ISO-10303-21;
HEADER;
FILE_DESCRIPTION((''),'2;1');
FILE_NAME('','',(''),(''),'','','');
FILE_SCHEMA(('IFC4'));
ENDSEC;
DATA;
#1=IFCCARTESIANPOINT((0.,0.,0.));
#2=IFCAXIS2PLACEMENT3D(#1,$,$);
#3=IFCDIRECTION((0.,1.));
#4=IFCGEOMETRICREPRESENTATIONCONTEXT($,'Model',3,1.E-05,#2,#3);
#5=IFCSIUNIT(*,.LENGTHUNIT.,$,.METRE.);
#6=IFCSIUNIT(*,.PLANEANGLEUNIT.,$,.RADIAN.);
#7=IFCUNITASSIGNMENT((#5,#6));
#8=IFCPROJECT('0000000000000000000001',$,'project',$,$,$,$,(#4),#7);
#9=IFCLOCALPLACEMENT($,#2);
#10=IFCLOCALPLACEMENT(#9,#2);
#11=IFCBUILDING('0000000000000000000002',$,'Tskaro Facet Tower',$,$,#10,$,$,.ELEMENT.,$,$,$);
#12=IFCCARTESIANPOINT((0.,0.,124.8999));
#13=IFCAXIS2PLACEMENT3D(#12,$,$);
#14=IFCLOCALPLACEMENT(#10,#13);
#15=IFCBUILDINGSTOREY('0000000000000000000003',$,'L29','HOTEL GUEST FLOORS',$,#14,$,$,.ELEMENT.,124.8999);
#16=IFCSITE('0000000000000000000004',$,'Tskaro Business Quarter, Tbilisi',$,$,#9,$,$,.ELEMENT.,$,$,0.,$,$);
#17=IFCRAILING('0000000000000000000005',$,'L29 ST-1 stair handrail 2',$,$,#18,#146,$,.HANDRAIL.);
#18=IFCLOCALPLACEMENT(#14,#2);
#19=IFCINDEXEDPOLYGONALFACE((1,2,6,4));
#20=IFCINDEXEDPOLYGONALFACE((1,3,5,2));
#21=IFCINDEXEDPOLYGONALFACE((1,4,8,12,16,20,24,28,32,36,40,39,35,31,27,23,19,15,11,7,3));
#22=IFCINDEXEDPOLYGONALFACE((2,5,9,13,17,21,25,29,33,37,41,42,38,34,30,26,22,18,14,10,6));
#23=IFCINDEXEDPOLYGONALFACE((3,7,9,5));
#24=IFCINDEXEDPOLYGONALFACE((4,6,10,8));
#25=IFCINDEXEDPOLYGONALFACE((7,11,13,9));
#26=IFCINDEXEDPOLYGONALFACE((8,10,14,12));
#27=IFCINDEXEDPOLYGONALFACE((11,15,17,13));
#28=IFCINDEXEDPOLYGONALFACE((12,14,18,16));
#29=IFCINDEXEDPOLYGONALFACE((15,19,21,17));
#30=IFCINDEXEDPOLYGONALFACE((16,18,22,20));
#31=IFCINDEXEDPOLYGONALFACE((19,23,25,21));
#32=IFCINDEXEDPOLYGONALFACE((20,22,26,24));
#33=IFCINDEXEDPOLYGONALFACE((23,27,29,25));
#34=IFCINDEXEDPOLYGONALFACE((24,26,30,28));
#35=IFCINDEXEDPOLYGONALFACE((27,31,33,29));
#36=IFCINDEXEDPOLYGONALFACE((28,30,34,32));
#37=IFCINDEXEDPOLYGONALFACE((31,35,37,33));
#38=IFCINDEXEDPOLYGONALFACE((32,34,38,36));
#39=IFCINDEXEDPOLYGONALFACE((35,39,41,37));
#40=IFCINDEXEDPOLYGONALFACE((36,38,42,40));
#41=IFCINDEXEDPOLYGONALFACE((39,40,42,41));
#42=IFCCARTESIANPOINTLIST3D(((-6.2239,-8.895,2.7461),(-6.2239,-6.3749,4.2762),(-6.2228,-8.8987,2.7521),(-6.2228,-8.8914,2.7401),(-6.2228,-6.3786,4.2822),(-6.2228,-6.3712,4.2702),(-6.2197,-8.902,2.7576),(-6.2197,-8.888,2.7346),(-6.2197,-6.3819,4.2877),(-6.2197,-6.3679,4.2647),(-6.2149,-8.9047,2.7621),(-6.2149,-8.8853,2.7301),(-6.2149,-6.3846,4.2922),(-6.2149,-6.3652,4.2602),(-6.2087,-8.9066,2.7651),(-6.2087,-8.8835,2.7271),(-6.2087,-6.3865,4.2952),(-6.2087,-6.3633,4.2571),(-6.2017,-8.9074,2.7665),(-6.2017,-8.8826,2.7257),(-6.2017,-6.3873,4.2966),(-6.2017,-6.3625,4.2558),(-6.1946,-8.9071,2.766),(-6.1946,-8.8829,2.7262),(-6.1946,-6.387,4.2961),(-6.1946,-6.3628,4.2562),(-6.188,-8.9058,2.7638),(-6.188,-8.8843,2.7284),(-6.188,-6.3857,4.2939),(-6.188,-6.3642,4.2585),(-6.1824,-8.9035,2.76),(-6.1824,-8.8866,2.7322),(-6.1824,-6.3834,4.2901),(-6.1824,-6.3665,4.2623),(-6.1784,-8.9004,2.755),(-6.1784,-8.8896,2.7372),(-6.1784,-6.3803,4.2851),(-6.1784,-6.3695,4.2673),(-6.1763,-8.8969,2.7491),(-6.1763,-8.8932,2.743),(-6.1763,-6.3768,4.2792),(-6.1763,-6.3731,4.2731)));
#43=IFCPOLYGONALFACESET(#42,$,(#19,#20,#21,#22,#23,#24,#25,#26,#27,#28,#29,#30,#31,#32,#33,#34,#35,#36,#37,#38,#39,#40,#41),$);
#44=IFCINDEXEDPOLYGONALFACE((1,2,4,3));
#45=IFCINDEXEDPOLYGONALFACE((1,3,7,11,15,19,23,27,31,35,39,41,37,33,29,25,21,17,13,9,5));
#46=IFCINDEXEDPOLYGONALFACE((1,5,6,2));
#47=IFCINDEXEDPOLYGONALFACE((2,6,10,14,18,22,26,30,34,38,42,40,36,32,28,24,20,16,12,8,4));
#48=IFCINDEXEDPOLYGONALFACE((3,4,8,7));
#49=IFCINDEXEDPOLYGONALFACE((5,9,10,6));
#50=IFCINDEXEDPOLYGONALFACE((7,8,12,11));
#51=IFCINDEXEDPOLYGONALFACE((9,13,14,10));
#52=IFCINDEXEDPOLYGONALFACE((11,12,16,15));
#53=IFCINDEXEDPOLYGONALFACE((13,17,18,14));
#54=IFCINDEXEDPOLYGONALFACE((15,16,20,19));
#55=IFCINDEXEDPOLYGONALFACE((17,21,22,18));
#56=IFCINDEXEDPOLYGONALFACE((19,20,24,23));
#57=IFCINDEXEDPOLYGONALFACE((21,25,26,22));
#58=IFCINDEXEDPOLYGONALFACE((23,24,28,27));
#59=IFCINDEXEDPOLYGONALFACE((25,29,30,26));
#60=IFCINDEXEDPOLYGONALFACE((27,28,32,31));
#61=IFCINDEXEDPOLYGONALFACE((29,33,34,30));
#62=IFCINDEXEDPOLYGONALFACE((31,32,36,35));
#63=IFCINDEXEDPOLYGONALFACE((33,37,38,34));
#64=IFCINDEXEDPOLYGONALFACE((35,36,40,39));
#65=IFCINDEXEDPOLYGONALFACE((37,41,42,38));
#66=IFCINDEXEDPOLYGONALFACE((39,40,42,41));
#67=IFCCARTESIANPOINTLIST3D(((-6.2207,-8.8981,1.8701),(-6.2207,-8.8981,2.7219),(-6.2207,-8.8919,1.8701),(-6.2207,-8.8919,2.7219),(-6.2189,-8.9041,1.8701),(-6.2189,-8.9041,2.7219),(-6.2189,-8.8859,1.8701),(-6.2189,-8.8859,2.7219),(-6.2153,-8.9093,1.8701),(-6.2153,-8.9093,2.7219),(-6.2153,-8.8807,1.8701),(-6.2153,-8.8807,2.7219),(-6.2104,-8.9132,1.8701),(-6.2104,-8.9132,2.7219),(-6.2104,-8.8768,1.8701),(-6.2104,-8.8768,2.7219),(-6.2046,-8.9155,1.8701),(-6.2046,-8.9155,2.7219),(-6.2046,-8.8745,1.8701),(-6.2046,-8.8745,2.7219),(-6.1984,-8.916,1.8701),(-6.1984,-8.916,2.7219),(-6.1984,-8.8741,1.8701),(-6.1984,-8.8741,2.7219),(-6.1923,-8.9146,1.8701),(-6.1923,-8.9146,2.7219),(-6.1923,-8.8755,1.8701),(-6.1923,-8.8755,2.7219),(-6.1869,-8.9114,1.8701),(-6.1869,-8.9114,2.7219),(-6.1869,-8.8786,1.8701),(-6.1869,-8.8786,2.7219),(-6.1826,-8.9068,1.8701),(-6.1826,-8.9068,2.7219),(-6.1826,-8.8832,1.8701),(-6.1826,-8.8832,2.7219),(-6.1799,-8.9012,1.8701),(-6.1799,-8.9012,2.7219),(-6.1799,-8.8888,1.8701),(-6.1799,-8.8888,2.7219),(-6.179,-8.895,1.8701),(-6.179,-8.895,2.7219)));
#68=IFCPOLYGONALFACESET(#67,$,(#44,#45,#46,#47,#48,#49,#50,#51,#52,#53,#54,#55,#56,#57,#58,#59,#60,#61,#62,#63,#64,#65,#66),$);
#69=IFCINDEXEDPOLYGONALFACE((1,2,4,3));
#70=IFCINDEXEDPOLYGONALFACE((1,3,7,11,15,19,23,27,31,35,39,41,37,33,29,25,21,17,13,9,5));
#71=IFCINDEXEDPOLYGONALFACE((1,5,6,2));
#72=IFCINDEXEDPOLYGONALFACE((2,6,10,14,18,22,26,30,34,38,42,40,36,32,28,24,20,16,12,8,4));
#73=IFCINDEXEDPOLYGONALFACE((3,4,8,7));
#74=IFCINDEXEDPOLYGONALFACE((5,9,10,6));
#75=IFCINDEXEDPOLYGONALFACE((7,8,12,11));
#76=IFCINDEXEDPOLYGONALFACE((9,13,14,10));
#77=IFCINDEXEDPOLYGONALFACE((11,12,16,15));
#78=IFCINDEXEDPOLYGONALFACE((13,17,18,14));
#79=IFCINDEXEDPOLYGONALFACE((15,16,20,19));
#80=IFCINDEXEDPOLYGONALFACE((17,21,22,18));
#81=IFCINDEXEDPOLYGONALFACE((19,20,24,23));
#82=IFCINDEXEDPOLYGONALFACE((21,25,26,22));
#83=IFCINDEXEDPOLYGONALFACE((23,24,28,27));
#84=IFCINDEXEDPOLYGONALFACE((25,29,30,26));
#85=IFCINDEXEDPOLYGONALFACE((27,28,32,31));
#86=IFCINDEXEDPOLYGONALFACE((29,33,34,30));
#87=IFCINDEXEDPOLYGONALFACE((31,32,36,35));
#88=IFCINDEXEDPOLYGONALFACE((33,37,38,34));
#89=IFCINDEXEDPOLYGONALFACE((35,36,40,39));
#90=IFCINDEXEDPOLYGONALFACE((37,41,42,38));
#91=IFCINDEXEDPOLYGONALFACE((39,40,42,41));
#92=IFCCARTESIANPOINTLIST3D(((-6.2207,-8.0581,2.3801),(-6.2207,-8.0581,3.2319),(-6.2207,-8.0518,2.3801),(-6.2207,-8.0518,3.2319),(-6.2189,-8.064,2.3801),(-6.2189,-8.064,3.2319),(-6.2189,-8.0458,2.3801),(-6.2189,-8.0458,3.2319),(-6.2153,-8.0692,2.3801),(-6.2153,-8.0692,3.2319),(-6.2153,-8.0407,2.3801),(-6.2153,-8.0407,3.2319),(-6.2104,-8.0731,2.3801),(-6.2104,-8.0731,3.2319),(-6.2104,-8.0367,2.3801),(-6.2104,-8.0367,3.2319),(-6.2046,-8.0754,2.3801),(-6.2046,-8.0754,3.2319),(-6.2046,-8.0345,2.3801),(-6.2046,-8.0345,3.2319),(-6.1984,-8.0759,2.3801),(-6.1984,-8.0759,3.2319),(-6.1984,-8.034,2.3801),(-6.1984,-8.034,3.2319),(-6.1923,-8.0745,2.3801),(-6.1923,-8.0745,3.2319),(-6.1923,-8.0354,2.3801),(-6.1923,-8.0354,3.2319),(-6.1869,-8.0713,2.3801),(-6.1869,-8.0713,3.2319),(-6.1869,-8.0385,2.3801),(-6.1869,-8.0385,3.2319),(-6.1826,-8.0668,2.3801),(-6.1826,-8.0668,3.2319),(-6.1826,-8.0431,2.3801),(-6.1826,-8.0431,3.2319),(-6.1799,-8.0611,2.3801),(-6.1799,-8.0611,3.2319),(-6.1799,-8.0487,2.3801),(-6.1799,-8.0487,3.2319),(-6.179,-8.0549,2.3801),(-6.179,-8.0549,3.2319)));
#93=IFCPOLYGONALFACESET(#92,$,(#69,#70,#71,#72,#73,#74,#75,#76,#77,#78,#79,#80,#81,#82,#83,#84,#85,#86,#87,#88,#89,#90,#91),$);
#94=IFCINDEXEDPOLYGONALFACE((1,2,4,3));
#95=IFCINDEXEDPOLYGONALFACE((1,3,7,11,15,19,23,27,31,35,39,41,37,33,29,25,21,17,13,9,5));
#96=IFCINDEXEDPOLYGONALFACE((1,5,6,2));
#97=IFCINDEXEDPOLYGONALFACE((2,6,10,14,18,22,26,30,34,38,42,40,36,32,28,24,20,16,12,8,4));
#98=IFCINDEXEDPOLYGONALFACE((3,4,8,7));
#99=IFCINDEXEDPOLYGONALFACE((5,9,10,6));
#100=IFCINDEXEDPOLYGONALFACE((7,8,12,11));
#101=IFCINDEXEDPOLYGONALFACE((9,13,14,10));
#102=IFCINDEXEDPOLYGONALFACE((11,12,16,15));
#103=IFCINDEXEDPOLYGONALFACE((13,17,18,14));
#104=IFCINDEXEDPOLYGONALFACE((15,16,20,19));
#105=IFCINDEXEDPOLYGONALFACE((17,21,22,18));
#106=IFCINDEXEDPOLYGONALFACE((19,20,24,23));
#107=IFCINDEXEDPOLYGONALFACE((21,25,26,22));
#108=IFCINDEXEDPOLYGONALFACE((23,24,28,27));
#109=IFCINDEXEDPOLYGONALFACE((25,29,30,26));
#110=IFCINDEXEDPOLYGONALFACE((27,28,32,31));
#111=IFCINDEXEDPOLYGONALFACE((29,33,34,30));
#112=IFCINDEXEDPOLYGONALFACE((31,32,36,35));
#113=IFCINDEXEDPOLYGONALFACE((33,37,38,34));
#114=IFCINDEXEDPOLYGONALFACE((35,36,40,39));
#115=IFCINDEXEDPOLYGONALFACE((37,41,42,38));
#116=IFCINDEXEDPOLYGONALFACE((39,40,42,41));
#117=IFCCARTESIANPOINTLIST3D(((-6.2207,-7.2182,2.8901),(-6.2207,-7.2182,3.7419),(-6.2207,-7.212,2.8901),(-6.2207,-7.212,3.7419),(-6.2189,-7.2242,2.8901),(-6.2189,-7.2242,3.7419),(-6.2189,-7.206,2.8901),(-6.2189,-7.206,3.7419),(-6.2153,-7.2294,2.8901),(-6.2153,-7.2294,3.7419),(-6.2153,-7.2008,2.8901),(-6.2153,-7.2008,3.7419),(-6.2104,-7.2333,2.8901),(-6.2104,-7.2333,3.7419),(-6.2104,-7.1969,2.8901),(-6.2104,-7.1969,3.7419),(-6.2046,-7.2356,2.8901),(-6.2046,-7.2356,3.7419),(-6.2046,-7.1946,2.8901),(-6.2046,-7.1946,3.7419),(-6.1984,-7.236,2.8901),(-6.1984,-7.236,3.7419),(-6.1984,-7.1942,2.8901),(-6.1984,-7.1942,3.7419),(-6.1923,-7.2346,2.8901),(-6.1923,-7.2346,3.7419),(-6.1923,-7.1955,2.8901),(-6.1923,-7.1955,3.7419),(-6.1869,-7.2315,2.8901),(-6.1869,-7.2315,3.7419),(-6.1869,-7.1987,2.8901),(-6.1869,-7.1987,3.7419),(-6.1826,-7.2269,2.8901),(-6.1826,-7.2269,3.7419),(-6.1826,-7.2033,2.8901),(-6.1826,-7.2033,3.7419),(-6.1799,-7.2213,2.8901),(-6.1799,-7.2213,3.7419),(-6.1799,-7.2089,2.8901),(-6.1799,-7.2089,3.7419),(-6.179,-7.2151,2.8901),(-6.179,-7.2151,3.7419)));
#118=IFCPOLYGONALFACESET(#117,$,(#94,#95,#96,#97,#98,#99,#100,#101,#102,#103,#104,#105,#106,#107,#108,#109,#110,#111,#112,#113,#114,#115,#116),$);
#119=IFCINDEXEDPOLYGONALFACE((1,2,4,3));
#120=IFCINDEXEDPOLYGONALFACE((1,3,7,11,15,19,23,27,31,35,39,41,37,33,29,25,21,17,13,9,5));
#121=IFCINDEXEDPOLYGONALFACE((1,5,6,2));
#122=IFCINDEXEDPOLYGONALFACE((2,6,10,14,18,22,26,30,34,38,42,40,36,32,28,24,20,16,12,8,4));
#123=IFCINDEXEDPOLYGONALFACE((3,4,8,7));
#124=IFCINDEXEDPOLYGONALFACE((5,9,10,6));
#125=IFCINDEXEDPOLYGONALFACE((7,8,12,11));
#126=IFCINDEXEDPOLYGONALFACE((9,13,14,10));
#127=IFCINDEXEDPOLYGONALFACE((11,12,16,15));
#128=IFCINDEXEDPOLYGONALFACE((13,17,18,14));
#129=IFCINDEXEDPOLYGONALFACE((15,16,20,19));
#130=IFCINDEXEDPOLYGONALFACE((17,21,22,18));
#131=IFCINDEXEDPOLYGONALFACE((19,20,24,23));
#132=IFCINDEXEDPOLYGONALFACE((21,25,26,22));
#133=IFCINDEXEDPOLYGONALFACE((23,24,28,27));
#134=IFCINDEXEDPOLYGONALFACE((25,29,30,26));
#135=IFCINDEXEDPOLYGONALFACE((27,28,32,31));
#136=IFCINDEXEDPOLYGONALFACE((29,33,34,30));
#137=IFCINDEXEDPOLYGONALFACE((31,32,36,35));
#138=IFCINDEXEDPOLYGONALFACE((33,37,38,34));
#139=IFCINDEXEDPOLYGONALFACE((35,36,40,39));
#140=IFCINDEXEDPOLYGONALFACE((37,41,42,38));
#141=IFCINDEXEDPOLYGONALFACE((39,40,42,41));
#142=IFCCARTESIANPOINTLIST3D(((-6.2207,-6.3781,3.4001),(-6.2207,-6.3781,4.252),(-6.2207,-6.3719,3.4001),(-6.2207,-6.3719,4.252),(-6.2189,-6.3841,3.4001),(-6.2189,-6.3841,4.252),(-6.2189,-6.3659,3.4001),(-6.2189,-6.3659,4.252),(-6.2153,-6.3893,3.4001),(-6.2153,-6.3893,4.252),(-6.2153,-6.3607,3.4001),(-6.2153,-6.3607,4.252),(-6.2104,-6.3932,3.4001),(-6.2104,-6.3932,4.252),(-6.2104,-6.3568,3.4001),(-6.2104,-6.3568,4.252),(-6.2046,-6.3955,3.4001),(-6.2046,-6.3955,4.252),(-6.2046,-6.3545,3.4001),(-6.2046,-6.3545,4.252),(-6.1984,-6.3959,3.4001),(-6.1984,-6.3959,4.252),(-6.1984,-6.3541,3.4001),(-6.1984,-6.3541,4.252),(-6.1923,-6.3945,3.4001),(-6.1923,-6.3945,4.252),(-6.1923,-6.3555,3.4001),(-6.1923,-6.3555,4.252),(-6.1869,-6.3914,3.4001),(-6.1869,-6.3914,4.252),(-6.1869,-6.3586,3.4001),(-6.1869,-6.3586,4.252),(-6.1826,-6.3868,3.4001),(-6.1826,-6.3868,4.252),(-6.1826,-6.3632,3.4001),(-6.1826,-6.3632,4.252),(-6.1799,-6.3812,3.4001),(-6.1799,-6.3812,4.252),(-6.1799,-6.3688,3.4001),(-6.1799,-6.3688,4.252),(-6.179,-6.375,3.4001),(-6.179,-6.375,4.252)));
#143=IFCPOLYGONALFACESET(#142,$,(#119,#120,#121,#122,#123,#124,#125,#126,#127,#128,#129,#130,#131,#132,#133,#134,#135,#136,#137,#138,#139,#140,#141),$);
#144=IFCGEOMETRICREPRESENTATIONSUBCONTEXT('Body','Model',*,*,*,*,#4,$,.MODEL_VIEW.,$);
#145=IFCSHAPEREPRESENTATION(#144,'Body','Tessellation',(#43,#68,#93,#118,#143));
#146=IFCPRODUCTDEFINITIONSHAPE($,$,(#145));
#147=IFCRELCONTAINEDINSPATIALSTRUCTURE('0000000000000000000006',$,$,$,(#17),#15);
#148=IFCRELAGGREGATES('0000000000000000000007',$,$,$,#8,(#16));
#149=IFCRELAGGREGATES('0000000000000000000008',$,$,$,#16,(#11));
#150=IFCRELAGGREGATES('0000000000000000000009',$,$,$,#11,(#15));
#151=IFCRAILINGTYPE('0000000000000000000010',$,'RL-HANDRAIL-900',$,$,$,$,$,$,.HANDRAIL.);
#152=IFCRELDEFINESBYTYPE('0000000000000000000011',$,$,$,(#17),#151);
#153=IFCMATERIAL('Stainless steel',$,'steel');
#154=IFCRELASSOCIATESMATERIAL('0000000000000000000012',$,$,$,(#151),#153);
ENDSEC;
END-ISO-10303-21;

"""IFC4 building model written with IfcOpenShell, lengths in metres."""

from ifc_helpers import new_model, si_unit, direction, frame, origin, origin_2d, place, context, subcontext, project, spatial, circle, extrude, material, type_object, element, save


model = new_model("IFC4")

# Units and contexts
model_context = context("Model", 3, precision=1e-05, world=origin(), true_north=direction((0.0, 1.0)))
body_context = subcontext(model_context, "Body", "Model", "MODEL_VIEW")
ifc_project = project(units=[si_unit("LENGTHUNIT", "METRE"), si_unit("PLANEANGLEUNIT", "RADIAN")], contexts=[model_context])

# Site, building, storey
site_placement = place(None, origin())
site = spatial("IfcSite", under=ifc_project, at=site_placement, Name="Tskaro Business Quarter, Tbilisi", CompositionType="ELEMENT", RefElevation=0.0)
building_placement = place(site_placement, origin())
building = spatial("IfcBuilding", under=site, at=building_placement, Name="Tskaro Facet Tower", CompositionType="ELEMENT")
storey_placement = place(building_placement, frame((0.0, 0.0, 124.8999)))
storey = spatial("IfcBuildingStorey", under=building, at=storey_placement, Name="L29", Description="HOTEL GUEST FLOORS", CompositionType="ELEMENT", Elevation=124.8999)

# Shared definitions
ifc_material_1 = material(Name="Stainless steel", Category="steel")

# Railing
railing_type_1 = type_object("IfcRailingType", Name="RL-HANDRAIL-900", PredefinedType="HANDRAIL", material=ifc_material_1)
railing_1_placement = place(storey_placement, frame((-6.2, -8.895, 1.8701)))
element("IfcRailing", 1, at=railing_1_placement, inside=storey, type_object=railing_type_1, Name="L29 ST-1 stair handrail 2", PredefinedType="HANDRAIL", context=body_context, shape_type="SweptSolid", body=[
    extrude(circle(Radius=0.0239, at=origin_2d()), frame((0.0, 0.0, 0.876), z_axis=(0.0, 0.854785, 0.518982), x_axis=(-1.0, 0.0, 0.0)), (0.0, 0.0, 1.0), 2.9482),
    extrude(circle(Radius=0.021, at=origin_2d()), origin(), (0.0, 0.0, 1.0), 0.8518),
    extrude(circle(Radius=0.021, at=origin_2d()), frame((0.0, 0.8401, 0.51)), (0.0, 0.0, 1.0), 0.8518),
    extrude(circle(Radius=0.021, at=origin_2d()), frame((0.0, 1.6799, 1.02)), (0.0, 0.0, 1.0), 0.8518),
    extrude(circle(Radius=0.021, at=origin_2d()), frame((0.0, 2.52, 1.53)), (0.0, 0.0, 1.0), 0.8518),
])

save(model, "model.ifc")
